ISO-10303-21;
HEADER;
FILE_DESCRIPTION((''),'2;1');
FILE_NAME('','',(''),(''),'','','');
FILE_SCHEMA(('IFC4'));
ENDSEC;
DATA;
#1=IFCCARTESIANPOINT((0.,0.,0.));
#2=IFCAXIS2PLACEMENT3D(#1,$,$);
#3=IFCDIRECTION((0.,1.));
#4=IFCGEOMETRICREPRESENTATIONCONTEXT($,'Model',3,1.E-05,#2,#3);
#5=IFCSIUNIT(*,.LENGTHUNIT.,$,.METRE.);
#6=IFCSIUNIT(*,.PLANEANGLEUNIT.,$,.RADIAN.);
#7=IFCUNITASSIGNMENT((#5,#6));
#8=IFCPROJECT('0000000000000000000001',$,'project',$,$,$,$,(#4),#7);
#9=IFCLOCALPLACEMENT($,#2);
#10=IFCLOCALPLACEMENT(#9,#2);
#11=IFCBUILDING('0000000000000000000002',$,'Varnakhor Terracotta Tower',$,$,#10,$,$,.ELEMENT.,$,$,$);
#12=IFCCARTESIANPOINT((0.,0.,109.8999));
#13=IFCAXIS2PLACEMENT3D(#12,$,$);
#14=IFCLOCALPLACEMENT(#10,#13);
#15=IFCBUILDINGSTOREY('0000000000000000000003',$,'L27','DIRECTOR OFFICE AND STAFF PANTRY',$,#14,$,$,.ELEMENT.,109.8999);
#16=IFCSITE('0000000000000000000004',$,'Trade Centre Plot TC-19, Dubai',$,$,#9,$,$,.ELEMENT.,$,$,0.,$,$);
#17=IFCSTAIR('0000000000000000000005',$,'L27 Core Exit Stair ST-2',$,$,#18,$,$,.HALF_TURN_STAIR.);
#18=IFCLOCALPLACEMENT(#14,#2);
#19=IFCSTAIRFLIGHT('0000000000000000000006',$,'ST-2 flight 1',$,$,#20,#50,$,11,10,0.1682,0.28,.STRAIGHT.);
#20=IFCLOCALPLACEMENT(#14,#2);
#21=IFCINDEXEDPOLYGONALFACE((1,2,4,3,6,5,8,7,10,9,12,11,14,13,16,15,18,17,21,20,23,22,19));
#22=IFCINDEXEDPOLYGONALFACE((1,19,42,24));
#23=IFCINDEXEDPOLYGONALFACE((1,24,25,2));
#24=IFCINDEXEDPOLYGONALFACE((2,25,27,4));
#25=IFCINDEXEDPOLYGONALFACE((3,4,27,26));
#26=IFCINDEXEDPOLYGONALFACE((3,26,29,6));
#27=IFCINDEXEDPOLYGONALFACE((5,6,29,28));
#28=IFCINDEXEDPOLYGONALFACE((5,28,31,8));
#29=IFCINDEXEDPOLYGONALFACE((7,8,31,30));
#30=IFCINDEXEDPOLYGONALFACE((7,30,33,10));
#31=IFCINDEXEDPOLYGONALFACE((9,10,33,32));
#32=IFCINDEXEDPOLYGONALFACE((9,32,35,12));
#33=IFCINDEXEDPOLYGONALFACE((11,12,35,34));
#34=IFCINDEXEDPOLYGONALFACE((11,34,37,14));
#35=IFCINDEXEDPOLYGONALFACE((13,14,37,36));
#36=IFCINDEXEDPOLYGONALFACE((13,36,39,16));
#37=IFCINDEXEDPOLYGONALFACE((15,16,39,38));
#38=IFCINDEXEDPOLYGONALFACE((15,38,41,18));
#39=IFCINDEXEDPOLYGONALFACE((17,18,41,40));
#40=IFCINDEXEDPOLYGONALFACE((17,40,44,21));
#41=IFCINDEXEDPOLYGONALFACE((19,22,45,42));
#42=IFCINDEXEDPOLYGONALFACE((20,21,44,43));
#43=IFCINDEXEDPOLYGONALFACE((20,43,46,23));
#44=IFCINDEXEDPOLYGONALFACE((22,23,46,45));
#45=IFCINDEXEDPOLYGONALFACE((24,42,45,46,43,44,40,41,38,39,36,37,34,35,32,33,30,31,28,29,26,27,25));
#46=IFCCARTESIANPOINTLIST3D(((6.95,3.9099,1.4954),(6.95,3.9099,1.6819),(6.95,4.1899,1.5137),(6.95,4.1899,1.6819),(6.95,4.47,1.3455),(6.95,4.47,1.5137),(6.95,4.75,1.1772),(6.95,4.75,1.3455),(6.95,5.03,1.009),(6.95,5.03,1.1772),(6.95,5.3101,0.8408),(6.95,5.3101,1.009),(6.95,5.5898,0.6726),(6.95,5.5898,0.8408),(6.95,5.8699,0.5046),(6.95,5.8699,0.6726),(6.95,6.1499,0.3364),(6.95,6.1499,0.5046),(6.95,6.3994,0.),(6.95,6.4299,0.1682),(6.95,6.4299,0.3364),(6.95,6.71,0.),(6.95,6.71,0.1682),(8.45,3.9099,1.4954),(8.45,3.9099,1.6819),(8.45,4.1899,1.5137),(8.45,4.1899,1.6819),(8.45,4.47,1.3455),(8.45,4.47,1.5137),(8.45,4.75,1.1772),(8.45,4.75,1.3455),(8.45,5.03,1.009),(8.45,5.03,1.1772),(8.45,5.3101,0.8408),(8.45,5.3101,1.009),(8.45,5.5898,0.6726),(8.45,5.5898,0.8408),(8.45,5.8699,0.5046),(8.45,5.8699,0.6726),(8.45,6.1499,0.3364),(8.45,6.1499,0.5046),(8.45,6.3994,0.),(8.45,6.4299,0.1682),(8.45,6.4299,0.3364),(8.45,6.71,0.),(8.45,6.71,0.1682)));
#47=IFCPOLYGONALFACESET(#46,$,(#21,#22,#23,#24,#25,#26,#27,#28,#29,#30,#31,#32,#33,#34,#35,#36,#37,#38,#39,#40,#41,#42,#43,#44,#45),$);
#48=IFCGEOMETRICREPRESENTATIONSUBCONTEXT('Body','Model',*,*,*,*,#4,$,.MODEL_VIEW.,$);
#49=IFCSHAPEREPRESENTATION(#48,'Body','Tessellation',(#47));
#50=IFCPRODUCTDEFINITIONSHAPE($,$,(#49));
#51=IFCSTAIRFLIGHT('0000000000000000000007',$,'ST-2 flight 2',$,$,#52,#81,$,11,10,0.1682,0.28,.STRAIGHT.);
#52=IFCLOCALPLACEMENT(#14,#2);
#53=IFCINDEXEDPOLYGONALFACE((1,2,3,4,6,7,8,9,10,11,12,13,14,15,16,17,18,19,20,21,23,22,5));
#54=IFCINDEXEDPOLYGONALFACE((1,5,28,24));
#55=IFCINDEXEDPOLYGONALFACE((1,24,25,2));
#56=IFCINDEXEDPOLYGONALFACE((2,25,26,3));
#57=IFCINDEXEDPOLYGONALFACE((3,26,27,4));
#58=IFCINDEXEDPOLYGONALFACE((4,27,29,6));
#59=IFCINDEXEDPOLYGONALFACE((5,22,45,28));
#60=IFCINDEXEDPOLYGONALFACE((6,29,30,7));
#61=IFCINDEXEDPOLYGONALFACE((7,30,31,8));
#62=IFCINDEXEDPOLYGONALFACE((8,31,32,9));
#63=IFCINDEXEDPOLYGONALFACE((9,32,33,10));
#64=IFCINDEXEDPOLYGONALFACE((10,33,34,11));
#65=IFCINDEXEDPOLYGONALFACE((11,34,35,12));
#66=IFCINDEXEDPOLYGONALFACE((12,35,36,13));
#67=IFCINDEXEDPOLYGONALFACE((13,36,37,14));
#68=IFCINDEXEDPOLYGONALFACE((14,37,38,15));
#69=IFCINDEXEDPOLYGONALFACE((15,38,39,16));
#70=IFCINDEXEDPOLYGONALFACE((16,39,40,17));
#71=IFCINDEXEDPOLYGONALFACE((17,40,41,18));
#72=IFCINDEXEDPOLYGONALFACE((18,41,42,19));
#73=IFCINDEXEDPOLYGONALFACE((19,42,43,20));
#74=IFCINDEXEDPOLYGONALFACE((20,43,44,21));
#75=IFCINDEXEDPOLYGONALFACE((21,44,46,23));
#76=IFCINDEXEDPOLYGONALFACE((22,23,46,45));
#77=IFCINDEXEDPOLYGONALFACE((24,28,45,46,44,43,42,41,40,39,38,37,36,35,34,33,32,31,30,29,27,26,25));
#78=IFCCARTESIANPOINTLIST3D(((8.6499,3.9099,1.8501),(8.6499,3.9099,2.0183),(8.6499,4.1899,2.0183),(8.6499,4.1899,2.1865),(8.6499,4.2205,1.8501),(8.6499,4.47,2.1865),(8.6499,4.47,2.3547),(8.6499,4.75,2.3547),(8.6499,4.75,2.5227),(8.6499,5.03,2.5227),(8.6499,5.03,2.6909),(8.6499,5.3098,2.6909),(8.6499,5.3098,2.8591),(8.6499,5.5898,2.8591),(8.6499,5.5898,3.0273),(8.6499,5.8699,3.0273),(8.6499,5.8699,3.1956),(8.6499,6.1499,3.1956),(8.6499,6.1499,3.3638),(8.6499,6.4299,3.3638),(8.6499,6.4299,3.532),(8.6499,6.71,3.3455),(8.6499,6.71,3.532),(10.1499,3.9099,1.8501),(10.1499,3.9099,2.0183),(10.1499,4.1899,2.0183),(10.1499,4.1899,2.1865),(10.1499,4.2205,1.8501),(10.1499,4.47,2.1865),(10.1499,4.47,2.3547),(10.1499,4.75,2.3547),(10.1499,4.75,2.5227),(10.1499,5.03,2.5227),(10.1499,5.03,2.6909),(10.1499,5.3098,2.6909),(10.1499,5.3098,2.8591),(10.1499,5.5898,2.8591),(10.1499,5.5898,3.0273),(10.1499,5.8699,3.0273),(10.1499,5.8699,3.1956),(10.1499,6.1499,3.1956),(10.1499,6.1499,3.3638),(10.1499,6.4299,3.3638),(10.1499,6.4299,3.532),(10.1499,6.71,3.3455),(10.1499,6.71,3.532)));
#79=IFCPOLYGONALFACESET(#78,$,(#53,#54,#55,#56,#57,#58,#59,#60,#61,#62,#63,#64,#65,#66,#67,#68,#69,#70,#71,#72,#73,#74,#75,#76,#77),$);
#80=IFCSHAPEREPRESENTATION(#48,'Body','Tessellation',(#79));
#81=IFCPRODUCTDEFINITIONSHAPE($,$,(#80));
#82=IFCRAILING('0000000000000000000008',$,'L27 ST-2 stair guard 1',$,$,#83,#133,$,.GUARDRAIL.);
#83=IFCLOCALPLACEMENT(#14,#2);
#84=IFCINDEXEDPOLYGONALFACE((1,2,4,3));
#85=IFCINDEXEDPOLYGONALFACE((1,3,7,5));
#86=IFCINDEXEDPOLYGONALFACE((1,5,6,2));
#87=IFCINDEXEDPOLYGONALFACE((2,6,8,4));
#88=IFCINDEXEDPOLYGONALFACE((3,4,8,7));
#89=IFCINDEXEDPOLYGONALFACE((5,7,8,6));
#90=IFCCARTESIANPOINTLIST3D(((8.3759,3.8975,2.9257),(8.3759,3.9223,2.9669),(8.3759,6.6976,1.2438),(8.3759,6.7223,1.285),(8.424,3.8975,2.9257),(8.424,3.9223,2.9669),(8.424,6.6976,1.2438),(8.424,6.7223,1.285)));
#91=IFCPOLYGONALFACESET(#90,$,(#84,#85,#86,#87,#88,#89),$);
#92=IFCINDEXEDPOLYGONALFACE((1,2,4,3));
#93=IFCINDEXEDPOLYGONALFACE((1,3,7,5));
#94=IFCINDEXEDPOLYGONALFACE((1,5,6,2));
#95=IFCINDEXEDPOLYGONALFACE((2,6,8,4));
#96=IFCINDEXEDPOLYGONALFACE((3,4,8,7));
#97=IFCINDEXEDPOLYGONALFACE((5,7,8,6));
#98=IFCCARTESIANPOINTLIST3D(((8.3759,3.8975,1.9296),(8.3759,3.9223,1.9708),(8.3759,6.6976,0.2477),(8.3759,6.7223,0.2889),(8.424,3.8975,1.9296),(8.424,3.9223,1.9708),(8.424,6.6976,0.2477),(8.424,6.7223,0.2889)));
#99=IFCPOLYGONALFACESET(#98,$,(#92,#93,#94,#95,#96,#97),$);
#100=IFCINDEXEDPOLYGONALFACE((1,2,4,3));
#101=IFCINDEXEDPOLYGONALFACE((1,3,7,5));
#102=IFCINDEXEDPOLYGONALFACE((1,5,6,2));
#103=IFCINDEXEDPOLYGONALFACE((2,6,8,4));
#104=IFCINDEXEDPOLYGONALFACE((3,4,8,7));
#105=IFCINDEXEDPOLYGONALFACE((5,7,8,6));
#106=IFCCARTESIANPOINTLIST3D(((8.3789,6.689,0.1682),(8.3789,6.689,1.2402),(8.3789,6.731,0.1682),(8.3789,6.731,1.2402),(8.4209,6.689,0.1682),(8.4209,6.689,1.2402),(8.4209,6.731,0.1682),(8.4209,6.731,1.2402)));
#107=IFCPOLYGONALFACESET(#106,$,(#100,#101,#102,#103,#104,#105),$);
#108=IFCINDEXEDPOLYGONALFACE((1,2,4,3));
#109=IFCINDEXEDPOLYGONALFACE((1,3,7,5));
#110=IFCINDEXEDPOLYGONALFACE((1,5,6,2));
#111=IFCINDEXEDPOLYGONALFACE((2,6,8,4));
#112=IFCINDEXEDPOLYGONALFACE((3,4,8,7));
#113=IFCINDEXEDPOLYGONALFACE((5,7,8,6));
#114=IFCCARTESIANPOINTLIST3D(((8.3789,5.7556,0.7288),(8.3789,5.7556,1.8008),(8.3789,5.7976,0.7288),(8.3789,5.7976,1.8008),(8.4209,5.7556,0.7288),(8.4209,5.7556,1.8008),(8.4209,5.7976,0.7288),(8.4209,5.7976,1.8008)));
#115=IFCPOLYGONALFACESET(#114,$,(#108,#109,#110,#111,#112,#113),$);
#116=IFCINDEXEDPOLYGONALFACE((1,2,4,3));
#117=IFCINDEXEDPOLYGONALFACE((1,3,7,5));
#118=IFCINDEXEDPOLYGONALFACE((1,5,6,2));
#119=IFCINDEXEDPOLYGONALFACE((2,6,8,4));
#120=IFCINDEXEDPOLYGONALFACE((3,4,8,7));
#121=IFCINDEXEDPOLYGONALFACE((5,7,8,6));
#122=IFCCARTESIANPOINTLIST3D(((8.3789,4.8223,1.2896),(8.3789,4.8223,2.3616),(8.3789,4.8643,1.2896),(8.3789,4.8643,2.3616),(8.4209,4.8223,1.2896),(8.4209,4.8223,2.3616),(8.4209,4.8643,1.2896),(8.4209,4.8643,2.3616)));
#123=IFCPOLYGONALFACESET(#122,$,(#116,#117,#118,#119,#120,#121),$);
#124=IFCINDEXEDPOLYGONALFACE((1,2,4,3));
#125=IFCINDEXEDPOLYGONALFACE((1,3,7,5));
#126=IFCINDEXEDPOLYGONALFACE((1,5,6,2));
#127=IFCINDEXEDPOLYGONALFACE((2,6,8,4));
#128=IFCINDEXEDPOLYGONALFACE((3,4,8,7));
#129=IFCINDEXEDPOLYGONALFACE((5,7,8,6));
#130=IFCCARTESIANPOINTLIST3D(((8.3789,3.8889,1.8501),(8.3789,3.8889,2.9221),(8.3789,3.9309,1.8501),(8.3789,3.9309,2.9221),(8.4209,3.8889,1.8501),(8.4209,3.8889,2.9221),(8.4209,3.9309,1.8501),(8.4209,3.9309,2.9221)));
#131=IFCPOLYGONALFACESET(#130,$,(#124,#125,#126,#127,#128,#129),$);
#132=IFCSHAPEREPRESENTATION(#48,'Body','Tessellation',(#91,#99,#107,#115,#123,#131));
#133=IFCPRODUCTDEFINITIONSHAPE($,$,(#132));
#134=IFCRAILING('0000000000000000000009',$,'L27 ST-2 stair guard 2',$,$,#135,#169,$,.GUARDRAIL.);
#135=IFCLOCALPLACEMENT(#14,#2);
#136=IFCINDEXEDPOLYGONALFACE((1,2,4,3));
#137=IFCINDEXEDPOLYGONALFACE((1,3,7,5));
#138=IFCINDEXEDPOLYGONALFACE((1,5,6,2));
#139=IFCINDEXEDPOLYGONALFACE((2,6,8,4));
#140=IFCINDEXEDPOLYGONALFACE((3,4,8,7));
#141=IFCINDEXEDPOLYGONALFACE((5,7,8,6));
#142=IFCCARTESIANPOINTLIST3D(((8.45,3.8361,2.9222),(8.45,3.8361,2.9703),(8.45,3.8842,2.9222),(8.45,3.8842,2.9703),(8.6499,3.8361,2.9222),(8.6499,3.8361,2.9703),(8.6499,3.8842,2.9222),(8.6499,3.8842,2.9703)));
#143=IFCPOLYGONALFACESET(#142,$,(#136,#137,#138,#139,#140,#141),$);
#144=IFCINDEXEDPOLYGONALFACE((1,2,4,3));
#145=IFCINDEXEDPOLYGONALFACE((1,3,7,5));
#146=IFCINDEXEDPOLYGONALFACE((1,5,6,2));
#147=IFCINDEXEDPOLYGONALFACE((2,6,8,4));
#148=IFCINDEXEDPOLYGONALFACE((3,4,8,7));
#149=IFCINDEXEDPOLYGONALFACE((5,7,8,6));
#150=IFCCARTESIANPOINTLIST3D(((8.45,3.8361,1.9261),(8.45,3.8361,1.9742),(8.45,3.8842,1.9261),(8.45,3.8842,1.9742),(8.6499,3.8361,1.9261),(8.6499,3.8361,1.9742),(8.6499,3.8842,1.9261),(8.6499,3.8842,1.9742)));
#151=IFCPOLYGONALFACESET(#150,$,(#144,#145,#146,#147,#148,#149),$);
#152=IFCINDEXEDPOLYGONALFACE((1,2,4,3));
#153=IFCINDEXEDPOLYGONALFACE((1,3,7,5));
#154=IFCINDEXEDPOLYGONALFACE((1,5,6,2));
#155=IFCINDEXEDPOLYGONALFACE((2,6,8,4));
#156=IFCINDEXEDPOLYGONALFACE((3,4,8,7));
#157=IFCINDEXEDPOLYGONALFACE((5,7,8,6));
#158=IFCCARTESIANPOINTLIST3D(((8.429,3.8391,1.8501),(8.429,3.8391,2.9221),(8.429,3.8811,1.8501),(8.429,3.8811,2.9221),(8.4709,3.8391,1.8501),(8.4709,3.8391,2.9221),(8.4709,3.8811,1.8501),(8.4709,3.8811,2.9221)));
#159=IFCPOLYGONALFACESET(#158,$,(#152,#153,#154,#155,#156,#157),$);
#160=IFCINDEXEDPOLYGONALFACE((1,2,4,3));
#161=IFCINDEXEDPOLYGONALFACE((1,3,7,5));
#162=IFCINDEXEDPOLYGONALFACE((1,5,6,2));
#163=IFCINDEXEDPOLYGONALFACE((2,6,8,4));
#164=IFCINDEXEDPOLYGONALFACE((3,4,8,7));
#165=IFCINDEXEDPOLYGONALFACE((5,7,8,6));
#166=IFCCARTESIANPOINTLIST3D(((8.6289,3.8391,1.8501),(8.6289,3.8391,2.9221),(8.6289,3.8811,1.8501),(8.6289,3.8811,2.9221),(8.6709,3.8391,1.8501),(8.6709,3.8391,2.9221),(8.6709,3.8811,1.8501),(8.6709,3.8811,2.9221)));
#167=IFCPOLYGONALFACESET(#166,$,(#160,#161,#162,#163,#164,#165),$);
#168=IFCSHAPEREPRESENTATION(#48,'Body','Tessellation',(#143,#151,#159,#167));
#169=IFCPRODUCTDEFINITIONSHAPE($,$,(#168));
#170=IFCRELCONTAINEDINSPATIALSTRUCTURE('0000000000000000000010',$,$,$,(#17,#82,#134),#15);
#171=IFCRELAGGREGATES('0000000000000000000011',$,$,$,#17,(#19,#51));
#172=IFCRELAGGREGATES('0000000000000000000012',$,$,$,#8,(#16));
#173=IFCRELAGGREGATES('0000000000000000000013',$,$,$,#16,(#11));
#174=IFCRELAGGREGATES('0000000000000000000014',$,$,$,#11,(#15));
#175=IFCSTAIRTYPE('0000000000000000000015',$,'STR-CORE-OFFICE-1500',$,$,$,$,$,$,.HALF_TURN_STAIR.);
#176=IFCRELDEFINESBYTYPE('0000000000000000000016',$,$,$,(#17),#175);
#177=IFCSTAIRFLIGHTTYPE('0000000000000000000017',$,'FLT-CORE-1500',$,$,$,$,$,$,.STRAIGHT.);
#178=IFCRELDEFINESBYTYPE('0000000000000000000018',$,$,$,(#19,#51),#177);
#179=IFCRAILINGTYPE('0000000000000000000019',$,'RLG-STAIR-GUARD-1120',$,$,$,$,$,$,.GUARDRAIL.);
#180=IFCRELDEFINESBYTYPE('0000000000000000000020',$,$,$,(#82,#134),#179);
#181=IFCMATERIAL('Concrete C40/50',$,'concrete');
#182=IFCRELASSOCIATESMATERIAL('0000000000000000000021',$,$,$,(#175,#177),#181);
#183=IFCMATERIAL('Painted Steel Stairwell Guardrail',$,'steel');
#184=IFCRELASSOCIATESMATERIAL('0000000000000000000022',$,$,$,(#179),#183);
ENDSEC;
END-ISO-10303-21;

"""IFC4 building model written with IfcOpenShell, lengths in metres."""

from ifc_helpers import new_model, si_unit, direction, frame, origin, origin_2d, place, context, subcontext, project, spatial, polyline, rectangle, outline, extrude, material, type_object, element, aggregate, save


model = new_model("IFC4")

# Units and contexts
model_context = context("Model", 3, precision=1e-05, world=origin(), true_north=direction((0.0, 1.0)))
body_context = subcontext(model_context, "Body", "Model", "MODEL_VIEW")
ifc_project = project(units=[si_unit("LENGTHUNIT", "METRE"), si_unit("PLANEANGLEUNIT", "RADIAN")], contexts=[model_context])

# Site, building, storey
site_placement = place(None, origin())
site = spatial("IfcSite", under=ifc_project, at=site_placement, Name="Trade Centre Plot TC-19, Dubai", CompositionType="ELEMENT", RefElevation=0.0)
building_placement = place(site_placement, origin())
building = spatial("IfcBuilding", under=site, at=building_placement, Name="Varnakhor Terracotta Tower", CompositionType="ELEMENT")
storey_placement = place(building_placement, frame((0.0, 0.0, 109.8999)))
storey = spatial("IfcBuildingStorey", under=building, at=storey_placement, Name="L27", Description="DIRECTOR OFFICE AND STAFF PANTRY", CompositionType="ELEMENT", Elevation=109.8999)

# Shared definitions
ifc_material_1 = material(Name="Concrete C40/50", Category="concrete")

# Stair, stair flights
stair_type = type_object("IfcStairType", Name="STR-CORE-OFFICE-1500", PredefinedType="HALF_TURN_STAIR", material=ifc_material_1)
stair_placement = place(storey_placement, origin())
stair = element("IfcStair", 1, at=stair_placement, inside=storey, type_object=stair_type, Name="L27 Core Exit Stair ST-2", PredefinedType="HALF_TURN_STAIR")
stair_flight_type = type_object("IfcStairFlightType", Name="FLT-CORE-1500", PredefinedType="STRAIGHT", material=ifc_material_1)
stair_flight_1_placement = place(storey_placement, frame((7.7, 6.71, 0.0), z_axis=(0.0, 0.0, 1.0), x_axis=(0.0, -1.0, 0.0)))
stair_flight_1 = element("IfcStairFlight", 2, at=stair_flight_1_placement, type_object=stair_flight_type, Name="ST-2 flight 1", NumberOfRisers=11, NumberOfTreads=10, PredefinedType="STRAIGHT", RiserHeight=0.1682, TreadLength=0.28, context=body_context, shape_type="SweptSolid", body=[
    extrude(outline(polyline([(0.0, 0.0), (0.0, 0.1682), (0.28, 0.1682), (0.28, 0.3364), (0.5601, 0.3364), (0.5601, 0.5046), (0.8401, 0.5046), (0.8401, 0.6726), (1.1201, 0.6726), (1.1201, 0.8408), (1.3999, 0.8408), (1.3999, 1.009), (1.6799, 1.009), (1.6799, 1.1772), (1.96, 1.1772), (1.96, 1.3455), (2.24, 1.3455), (2.24, 1.5137), (2.52, 1.5137), (2.52, 1.6819), (2.8, 1.6819), (2.8, 1.8501), (2.8, 1.4954), (0.3105, 0.0), (0.0, 0.0)])), frame((0.0, 0.75, 0.0), z_axis=(0.0, -1.0, 0.0), x_axis=(1.0, 0.0, 0.0)), (0.0, 0.0, 1.0), 1.5),
])
stair_flight_2_placement = place(storey_placement, frame((9.3999, 3.9099, 1.8501), z_axis=(0.0, 0.0, 1.0), x_axis=(0.0, 1.0, 0.0)))
stair_flight_2 = element("IfcStairFlight", 3, at=stair_flight_2_placement, type_object=stair_flight_type, Name="ST-2 flight 2", NumberOfRisers=11, NumberOfTreads=10, PredefinedType="STRAIGHT", RiserHeight=0.1682, TreadLength=0.28, context=body_context, shape_type="SweptSolid", body=[
    extrude(outline(polyline([(0.0, 0.0), (0.0, 0.1682), (0.28, 0.1682), (0.28, 0.3364), (0.5601, 0.3364), (0.5601, 0.5046), (0.8401, 0.5046), (0.8401, 0.6726), (1.1201, 0.6726), (1.1201, 0.8408), (1.3999, 0.8408), (1.3999, 1.009), (1.6799, 1.009), (1.6799, 1.1772), (1.96, 1.1772), (1.96, 1.3455), (2.24, 1.3455), (2.24, 1.5137), (2.52, 1.5137), (2.52, 1.6819), (2.8, 1.6819), (2.8, 1.8501), (2.8, 1.4954), (0.3105, 0.0), (0.0, 0.0)])), frame((0.0, 0.75, 0.0), z_axis=(0.0, -1.0, 0.0), x_axis=(1.0, 0.0, 0.0)), (0.0, 0.0, 1.0), 1.5),
])
aggregate(stair, [stair_flight_1, stair_flight_2])

# Railings
ifc_material_2 = material(Name="Painted Steel Stairwell Guardrail", Category="steel")
railing_type_1 = type_object("IfcRailingType", Name="RLG-STAIR-GUARD-1120", PredefinedType="GUARDRAIL", material=ifc_material_2)
railing_1_placement = place(storey_placement, frame((8.3999, 6.71, 0.1682)))
element("IfcRailing", 4, at=railing_1_placement, inside=storey, type_object=railing_type_1, Name="L27 ST-2 stair guard 1", PredefinedType="GUARDRAIL", context=body_context, shape_type="SweptSolid", body=[
    extrude(rectangle(XDim=0.0481, YDim=0.0481, at=origin_2d()), frame((0.0, 0.0, 1.0962), z_axis=(0.0, -0.857242, 0.514913), x_axis=(1.0, 0.0, 0.0)), (0.0, 0.0, 1.0), 3.2664),
    extrude(rectangle(XDim=0.0481, YDim=0.0481, at=origin_2d()), frame((0.0, 0.0, 0.1001), z_axis=(0.0, -0.857242, 0.514913), x_axis=(1.0, 0.0, 0.0)), (0.0, 0.0, 1.0), 3.2664),
    extrude(rectangle(XDim=0.042, YDim=0.042, at=origin_2d()), origin(), (0.0, 0.0, 1.0), 1.072),
    extrude(rectangle(XDim=0.042, YDim=0.042, at=origin_2d()), frame((0.0, -0.9333, 0.5605)), (0.0, 0.0, 1.0), 1.072),
    extrude(rectangle(XDim=0.042, YDim=0.042, at=origin_2d()), frame((0.0, -1.8667, 1.1213)), (0.0, 0.0, 1.0), 1.072),
    extrude(rectangle(XDim=0.042, YDim=0.042, at=origin_2d()), frame((0.0, -2.8, 1.6819)), (0.0, 0.0, 1.0), 1.072),
])
railing_2_placement = place(storey_placement, frame((8.45, 3.8601, 1.8501)))
element("IfcRailing", 5, at=railing_2_placement, inside=storey, type_object=railing_type_1, Name="L27 ST-2 stair guard 2", PredefinedType="GUARDRAIL", context=body_context, shape_type="SweptSolid", body=[
    extrude(rectangle(XDim=0.0481, YDim=0.0481, at=origin_2d()), frame((0.0, 0.0, 1.0962), z_axis=(1.0, 0.0, 0.0), x_axis=(0.0, 1.0, 0.0)), (0.0, 0.0, 1.0), 0.2),
    extrude(rectangle(XDim=0.0481, YDim=0.0481, at=origin_2d()), frame((0.0, 0.0, 0.1001), z_axis=(1.0, 0.0, 0.0), x_axis=(0.0, 1.0, 0.0)), (0.0, 0.0, 1.0), 0.2),
    extrude(rectangle(XDim=0.042, YDim=0.042, at=origin_2d()), origin(), (0.0, 0.0, 1.0), 1.072),
    extrude(rectangle(XDim=0.042, YDim=0.042, at=origin_2d()), frame((0.2, 0.0, 0.0)), (0.0, 0.0, 1.0), 1.072),
])

save(model, "model.ifc")
